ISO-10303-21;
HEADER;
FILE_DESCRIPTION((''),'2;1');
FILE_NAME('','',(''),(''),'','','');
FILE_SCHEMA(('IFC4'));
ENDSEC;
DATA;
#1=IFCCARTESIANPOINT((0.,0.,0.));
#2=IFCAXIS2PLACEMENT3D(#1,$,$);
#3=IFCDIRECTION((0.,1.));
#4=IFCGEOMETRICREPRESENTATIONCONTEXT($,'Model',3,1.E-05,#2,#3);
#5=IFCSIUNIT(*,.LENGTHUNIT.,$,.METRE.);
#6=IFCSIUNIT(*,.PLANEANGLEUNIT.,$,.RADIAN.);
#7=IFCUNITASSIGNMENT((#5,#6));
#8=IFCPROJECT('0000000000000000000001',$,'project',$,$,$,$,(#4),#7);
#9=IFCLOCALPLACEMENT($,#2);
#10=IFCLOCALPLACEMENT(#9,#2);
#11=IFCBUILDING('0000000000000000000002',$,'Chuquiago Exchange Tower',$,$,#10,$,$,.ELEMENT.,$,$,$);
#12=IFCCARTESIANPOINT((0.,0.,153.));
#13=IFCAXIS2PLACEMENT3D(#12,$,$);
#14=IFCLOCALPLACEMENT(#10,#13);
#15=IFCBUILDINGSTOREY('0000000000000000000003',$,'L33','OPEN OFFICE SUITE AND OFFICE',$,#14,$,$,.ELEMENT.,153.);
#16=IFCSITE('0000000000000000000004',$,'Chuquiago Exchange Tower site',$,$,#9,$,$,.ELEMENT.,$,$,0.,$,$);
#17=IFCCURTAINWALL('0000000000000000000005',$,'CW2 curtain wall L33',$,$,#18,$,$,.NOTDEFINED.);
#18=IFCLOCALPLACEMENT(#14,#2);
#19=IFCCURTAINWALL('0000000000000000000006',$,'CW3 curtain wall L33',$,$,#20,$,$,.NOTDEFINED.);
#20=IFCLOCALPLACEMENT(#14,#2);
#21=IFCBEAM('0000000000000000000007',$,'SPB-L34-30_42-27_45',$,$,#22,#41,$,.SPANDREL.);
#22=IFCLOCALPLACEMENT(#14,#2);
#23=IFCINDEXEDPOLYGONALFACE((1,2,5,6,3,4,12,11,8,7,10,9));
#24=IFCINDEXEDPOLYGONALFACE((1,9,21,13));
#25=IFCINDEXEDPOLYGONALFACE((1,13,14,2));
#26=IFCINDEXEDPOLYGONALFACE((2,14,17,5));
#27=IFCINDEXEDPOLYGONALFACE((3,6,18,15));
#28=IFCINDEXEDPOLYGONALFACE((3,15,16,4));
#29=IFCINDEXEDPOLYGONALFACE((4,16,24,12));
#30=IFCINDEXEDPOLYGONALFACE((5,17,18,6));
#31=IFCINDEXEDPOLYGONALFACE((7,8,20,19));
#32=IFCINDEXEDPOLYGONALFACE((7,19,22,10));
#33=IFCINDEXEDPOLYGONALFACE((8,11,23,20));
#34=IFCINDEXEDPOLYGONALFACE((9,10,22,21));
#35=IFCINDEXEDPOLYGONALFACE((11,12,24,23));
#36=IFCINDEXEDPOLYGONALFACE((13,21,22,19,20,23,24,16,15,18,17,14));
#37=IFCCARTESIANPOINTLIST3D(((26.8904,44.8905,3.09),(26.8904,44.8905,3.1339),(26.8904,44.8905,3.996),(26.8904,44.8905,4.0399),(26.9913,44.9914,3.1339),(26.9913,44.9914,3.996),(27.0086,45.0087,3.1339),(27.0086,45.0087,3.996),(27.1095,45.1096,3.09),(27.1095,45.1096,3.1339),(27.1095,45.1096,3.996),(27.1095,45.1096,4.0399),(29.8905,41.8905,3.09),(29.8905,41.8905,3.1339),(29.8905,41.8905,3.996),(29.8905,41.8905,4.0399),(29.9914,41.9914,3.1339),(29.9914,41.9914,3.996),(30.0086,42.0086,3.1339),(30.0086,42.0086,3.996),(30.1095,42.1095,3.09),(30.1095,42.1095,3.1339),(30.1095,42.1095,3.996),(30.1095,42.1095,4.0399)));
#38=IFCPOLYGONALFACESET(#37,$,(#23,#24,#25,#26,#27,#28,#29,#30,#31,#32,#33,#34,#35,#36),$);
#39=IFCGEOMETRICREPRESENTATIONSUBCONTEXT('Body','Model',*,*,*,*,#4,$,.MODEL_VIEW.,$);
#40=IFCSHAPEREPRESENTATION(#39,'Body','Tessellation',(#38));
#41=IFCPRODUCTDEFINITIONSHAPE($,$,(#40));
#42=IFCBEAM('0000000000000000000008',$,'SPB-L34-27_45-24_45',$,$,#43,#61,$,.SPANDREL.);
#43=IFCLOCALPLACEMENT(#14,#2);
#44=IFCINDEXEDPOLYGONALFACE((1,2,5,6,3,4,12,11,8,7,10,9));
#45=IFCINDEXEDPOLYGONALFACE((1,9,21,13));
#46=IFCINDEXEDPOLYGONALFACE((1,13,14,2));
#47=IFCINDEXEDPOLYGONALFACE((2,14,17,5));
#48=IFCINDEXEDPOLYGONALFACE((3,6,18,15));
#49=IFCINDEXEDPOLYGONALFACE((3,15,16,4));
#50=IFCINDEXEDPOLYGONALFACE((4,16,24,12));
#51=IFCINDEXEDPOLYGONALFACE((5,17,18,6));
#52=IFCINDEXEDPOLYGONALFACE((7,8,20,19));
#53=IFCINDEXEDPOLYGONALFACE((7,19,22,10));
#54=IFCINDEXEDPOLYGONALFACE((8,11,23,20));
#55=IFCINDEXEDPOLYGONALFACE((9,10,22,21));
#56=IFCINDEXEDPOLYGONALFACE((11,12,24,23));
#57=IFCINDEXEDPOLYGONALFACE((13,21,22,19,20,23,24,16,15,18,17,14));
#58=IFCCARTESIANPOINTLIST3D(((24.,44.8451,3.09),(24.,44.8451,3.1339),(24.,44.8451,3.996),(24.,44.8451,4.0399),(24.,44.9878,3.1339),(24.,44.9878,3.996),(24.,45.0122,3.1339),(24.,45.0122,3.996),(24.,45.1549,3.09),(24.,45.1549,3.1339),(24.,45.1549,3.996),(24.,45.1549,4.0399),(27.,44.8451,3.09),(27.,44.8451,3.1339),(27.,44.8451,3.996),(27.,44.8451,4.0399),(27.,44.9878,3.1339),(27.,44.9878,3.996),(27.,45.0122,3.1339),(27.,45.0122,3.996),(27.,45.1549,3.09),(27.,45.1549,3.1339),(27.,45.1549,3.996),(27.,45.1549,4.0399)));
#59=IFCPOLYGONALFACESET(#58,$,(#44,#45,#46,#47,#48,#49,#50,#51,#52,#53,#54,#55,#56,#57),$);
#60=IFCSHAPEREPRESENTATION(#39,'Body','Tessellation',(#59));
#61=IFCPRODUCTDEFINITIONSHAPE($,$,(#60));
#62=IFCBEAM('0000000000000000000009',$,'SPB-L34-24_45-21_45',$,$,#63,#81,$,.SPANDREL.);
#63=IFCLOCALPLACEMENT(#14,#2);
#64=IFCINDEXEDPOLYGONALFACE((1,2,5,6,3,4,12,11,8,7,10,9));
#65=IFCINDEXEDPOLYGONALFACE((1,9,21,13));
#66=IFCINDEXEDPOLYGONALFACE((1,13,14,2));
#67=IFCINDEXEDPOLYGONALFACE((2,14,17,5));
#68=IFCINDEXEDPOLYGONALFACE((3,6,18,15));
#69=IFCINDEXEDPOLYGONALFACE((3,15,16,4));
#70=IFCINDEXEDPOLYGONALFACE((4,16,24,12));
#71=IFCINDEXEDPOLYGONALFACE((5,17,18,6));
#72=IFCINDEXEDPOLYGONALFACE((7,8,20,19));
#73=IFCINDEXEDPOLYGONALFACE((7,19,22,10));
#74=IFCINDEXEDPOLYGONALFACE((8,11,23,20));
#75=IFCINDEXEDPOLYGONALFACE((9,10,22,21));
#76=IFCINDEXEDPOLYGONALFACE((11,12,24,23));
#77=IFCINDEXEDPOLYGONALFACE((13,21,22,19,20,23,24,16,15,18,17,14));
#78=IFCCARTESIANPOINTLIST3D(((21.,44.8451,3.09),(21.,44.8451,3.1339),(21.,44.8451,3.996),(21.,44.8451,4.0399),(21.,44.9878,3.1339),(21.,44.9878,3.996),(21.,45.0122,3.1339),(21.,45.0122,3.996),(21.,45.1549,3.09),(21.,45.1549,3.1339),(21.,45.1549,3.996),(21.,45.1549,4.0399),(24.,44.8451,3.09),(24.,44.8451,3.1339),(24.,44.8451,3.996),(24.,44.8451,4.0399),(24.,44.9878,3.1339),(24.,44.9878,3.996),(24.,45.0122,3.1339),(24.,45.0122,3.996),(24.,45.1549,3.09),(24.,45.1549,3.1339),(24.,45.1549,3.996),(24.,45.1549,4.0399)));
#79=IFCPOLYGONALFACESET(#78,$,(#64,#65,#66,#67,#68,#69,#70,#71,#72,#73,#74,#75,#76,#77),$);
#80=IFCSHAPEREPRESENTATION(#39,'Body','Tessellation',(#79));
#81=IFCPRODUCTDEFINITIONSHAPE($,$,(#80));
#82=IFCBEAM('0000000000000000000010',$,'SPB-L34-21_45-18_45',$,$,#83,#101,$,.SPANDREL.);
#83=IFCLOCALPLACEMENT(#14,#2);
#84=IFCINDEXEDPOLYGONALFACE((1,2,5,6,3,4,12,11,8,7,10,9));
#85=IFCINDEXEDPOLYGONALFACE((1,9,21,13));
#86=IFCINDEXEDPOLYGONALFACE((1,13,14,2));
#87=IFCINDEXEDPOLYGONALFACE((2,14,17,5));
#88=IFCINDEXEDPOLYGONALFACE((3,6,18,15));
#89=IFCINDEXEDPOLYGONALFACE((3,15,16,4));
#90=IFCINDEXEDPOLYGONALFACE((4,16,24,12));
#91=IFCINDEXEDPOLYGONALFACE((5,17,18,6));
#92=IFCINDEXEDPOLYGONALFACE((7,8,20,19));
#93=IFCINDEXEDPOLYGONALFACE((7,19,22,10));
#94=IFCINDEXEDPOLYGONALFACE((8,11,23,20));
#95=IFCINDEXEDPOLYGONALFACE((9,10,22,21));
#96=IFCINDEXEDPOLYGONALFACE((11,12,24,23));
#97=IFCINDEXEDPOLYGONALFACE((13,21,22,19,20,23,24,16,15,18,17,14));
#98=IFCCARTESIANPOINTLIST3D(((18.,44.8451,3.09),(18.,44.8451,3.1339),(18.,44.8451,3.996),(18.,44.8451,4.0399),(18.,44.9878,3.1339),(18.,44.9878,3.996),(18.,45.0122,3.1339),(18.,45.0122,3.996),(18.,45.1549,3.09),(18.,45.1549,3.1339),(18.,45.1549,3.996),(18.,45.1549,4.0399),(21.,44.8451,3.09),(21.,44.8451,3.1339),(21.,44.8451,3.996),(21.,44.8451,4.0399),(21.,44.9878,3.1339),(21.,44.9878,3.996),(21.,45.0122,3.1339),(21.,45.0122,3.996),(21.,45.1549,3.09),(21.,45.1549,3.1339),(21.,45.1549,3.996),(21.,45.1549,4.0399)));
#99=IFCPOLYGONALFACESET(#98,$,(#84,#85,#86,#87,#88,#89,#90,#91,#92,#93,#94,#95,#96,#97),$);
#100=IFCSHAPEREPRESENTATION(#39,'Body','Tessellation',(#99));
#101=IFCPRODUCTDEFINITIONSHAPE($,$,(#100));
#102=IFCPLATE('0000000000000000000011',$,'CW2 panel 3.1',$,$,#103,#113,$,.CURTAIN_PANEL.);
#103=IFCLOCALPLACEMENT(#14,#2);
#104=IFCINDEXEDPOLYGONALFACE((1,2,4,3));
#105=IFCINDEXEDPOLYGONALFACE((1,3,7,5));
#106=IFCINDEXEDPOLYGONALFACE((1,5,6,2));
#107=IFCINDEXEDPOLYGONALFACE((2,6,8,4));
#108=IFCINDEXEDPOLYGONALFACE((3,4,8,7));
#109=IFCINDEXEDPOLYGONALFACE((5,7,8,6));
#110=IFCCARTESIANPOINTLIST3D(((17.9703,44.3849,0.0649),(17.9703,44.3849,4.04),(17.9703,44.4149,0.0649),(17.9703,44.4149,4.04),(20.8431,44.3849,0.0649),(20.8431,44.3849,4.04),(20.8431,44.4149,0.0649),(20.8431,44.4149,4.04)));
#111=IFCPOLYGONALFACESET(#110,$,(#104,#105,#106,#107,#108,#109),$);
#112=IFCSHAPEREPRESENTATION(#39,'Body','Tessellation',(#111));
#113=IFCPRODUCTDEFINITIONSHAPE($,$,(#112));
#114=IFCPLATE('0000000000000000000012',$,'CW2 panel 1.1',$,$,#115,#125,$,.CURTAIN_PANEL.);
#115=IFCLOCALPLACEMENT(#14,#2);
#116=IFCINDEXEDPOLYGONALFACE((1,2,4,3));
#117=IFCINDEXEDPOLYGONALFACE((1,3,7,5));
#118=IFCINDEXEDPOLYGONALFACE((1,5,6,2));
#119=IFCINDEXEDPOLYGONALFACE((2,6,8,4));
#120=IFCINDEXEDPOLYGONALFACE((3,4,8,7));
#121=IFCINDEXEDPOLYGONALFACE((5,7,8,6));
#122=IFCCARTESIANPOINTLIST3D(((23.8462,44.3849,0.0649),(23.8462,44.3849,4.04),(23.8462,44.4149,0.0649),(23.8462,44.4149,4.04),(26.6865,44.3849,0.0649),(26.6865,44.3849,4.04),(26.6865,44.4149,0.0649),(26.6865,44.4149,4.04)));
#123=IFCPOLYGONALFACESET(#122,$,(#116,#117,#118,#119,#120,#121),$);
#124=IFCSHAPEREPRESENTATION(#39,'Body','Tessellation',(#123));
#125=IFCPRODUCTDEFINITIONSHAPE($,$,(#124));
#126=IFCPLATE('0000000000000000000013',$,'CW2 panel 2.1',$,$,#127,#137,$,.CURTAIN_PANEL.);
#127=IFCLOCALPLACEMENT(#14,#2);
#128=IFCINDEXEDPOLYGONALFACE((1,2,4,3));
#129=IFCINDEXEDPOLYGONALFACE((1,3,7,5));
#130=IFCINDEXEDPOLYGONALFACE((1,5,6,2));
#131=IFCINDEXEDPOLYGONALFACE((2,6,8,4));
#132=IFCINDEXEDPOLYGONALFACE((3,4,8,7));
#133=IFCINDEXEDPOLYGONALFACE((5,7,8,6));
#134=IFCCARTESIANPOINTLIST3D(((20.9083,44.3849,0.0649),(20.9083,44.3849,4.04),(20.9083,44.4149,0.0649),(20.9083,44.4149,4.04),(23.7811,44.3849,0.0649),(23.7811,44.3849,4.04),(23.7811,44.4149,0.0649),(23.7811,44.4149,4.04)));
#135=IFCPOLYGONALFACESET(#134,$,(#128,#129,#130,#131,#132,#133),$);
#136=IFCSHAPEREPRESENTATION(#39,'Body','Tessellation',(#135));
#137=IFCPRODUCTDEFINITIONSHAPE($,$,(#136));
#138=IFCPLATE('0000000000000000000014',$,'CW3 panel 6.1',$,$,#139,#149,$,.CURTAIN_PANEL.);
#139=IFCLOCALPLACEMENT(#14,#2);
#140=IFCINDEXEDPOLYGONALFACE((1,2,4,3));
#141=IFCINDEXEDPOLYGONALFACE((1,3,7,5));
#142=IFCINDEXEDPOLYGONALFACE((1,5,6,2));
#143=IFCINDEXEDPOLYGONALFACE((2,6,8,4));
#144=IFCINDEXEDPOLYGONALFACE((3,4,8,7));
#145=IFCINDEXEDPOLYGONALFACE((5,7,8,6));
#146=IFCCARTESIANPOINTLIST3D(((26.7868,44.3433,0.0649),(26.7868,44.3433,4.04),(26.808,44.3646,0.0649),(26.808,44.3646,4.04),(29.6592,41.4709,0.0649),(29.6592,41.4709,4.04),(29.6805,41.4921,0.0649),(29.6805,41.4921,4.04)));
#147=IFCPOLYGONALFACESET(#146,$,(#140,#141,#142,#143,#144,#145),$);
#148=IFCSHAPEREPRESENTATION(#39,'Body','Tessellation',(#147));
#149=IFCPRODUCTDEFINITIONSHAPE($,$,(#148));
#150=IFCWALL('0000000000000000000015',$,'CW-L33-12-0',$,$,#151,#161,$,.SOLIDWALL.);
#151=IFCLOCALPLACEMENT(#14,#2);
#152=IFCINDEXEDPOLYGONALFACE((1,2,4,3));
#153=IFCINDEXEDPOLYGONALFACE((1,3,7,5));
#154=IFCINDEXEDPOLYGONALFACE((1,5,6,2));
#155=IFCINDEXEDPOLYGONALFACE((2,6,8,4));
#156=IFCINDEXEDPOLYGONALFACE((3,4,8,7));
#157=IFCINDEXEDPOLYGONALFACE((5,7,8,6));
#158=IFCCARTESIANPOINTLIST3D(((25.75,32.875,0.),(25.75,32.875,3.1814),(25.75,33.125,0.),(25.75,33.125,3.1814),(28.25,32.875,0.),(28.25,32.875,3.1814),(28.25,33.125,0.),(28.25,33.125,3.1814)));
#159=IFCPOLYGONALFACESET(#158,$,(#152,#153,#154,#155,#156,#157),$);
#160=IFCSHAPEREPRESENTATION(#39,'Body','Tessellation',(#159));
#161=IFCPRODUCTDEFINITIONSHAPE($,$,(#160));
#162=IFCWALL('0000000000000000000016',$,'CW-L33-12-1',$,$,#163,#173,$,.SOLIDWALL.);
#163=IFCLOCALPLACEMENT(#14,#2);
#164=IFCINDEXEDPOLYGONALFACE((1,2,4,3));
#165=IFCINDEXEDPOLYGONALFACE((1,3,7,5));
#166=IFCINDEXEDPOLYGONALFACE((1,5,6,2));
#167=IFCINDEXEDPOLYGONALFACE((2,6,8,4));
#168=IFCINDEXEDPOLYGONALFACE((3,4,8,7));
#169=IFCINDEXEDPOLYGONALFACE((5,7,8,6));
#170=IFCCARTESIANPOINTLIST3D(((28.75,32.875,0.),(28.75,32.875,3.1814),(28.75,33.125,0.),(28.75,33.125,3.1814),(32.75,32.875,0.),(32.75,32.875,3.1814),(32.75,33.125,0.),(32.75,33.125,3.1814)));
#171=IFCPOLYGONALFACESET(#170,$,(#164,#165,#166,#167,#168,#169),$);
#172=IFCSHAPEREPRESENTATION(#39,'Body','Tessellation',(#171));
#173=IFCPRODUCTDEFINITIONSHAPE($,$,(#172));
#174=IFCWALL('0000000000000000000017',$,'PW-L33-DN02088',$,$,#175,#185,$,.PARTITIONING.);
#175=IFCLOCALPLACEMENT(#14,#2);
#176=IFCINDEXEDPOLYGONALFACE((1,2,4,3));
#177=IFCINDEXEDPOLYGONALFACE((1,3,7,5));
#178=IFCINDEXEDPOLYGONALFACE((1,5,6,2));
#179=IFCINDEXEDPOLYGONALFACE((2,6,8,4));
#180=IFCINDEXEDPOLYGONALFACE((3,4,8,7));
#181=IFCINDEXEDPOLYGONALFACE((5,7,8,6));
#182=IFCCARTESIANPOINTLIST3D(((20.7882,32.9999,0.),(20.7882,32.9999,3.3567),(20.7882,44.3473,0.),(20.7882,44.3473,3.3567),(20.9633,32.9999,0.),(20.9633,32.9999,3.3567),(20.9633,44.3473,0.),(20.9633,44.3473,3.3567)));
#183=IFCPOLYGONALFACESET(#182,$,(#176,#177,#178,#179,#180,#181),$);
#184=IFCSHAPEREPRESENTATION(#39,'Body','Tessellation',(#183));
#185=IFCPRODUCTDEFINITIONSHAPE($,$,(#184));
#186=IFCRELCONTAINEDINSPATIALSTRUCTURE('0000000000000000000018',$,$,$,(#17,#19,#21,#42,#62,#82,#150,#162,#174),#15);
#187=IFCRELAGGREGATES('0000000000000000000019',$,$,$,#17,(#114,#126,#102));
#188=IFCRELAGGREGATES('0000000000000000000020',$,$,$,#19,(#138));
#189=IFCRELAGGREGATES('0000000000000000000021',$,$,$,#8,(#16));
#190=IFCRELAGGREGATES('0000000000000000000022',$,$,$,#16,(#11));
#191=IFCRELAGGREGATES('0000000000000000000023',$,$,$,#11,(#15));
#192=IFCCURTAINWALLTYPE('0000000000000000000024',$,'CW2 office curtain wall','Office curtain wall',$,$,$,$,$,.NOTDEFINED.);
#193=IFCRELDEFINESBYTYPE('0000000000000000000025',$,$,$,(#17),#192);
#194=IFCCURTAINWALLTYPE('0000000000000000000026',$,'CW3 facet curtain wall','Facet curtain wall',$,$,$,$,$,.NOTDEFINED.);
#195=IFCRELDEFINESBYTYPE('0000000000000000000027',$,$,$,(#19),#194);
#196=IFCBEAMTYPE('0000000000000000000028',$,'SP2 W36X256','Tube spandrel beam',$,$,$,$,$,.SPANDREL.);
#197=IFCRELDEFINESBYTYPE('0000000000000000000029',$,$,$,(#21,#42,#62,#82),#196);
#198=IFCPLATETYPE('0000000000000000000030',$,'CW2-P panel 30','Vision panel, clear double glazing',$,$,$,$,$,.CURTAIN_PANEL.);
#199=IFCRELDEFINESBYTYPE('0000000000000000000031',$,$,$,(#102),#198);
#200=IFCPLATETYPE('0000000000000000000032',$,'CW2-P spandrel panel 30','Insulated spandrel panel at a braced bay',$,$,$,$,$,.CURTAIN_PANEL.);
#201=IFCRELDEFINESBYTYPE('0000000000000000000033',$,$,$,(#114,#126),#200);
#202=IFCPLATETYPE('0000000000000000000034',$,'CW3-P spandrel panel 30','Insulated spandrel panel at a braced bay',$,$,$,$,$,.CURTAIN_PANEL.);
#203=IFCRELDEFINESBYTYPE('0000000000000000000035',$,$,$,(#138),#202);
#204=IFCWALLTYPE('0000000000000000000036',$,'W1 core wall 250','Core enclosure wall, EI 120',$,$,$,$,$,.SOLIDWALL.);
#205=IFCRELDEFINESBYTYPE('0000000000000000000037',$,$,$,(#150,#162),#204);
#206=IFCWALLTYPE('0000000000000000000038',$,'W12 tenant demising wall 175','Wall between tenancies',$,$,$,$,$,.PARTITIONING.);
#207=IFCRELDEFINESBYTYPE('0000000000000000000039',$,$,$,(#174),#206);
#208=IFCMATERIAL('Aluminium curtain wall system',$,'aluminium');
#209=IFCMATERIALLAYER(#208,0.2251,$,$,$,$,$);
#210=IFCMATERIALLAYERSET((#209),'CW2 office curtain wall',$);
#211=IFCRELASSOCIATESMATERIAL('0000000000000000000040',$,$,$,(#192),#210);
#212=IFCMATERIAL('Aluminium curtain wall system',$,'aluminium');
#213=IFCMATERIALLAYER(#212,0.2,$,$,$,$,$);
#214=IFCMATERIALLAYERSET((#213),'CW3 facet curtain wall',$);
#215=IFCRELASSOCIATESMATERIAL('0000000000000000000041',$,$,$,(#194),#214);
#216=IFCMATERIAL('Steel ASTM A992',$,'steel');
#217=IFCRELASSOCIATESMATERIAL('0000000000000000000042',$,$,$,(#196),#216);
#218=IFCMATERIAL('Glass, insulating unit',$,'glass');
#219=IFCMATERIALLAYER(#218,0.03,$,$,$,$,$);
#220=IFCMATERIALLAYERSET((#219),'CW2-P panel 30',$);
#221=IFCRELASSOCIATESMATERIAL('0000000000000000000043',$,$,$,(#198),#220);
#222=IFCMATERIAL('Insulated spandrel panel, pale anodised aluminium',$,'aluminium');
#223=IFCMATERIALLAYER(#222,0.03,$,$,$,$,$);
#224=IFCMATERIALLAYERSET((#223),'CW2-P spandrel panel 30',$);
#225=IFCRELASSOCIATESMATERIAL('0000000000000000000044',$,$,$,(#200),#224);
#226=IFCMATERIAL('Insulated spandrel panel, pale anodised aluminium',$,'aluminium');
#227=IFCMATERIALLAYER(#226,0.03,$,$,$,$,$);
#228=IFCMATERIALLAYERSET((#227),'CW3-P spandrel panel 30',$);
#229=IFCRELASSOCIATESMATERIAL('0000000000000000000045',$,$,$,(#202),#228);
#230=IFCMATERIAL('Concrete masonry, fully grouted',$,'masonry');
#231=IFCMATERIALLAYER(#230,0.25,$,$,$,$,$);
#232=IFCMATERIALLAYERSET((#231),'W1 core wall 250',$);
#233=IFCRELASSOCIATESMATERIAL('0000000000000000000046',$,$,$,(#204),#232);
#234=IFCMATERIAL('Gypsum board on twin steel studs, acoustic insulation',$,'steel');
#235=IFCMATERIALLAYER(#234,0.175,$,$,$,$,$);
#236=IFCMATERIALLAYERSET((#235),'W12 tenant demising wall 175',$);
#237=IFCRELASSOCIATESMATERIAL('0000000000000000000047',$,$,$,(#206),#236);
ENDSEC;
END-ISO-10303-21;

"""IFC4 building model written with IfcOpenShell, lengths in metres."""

from ifc_helpers import new_model, si_unit, direction, frame, frame_2d, origin, origin_2d, place, context, subcontext, project, spatial, rectangle, i_section, extrude, material, layer, layer_set, material_profile, profile_set, type_object, element, aggregate, save


model = new_model("IFC4")

# Units and contexts
model_context = context("Model", 3, precision=1e-05, world=origin(), true_north=direction((0.0, 1.0)))
body_context = subcontext(model_context, "Body", "Model", "MODEL_VIEW")
ifc_project = project(units=[si_unit("LENGTHUNIT", "METRE"), si_unit("PLANEANGLEUNIT", "RADIAN")], contexts=[model_context])

# Site, building, storey
site_placement = place(None, origin())
site = spatial("IfcSite", under=ifc_project, at=site_placement, Name="Chuquiago Exchange Tower site", CompositionType="ELEMENT", RefElevation=0.0)
building_placement = place(site_placement, origin())
building = spatial("IfcBuilding", under=site, at=building_placement, Name="Chuquiago Exchange Tower", CompositionType="ELEMENT")
storey_placement = place(building_placement, frame((0.0, 0.0, 153.0)))
storey = spatial("IfcBuildingStorey", under=building, at=storey_placement, Name="L33", Description="OPEN OFFICE SUITE AND OFFICE", CompositionType="ELEMENT", Elevation=153.0)

# Curtain walls
ifc_material_1 = material(Name="Aluminium curtain wall system", Category="aluminium")
ifc_layer_1 = layer(ifc_material_1, 0.2251)
ifc_layer_set_1 = layer_set([ifc_layer_1], Name="CW2 office curtain wall")
curtain_wall_type_1 = type_object("IfcCurtainWallType", Name="CW2 office curtain wall", Description="Office curtain wall", PredefinedType="NOTDEFINED", material=ifc_layer_set_1)
curtain_wall_1_placement = place(storey_placement, origin())
curtain_wall_1 = element("IfcCurtainWall", 1, at=curtain_wall_1_placement, inside=storey, type_object=curtain_wall_type_1, Name="CW2 curtain wall L33", PredefinedType="NOTDEFINED")
ifc_material_2 = material(Name="Aluminium curtain wall system", Category="aluminium")
ifc_layer_2 = layer(ifc_material_2, 0.2)
ifc_layer_set_2 = layer_set([ifc_layer_2], Name="CW3 facet curtain wall")
curtain_wall_type_2 = type_object("IfcCurtainWallType", Name="CW3 facet curtain wall", Description="Facet curtain wall", PredefinedType="NOTDEFINED", material=ifc_layer_set_2)
curtain_wall_2_placement = place(storey_placement, origin())
curtain_wall_2 = element("IfcCurtainWall", 2, at=curtain_wall_2_placement, inside=storey, type_object=curtain_wall_type_2, Name="CW3 curtain wall L33", PredefinedType="NOTDEFINED")

# Beams
ifc_material_3 = material(Name="Steel ASTM A992", Category="steel")
ifc_material_profile_1 = material_profile(ifc_material_3, i_section(OverallWidth=0.3098, OverallDepth=0.95, WebThickness=0.0244, FlangeThickness=0.0439, at=origin_2d()), Name="W36X256")
ifc_profile_set_1 = profile_set([ifc_material_profile_1], Name="Steel ASTM A992")
beam_type_1 = type_object("IfcBeamType", Name="SP2 W36X256", Description="Tube spandrel beam", PredefinedType="SPANDREL", material=ifc_profile_set_1)
beam_1_placement = place(storey_placement, frame((30.0, 42.0, 3.5649), z_axis=(-0.707107, 0.707107, 0.0), x_axis=(-0.707107, -0.707107, 0.0)))
element("IfcBeam", 3, at=beam_1_placement, inside=storey, type_object=beam_type_1, Name="SPB-L34-30_42-27_45", PredefinedType="SPANDREL", context=body_context, shape_type="SweptSolid", body=[
    extrude(i_section(OverallWidth=0.3098, OverallDepth=0.95, WebThickness=0.0244, FlangeThickness=0.0439, at=origin_2d()), origin(), (0.0, 0.0, 1.0), 4.2427),
])
for number, where, z_axis, x_axis, name in (
    (4, (27.0, 45.0, 3.5649), (-1.0, 0.0, 0.0), (0.0, -1.0, 0.0), "SPB-L34-27_45-24_45"),
    (5, (24.0, 45.0, 3.5649), (-1.0, 0.0, 0.0), (0.0, -1.0, 0.0), "SPB-L34-24_45-21_45"),
    (6, (21.0, 45.0, 3.5649), (-1.0, 0.0, 0.0), (0.0, -1.0, 0.0), "SPB-L34-21_45-18_45"),
):
    element("IfcBeam", number, at=place(storey_placement, frame(where, z_axis=z_axis, x_axis=x_axis)), inside=storey, type_object=beam_type_1, Name=name, PredefinedType="SPANDREL", context=body_context, shape_type="SweptSolid", body=[
        extrude(i_section(OverallWidth=0.3098, OverallDepth=0.95, WebThickness=0.0244, FlangeThickness=0.0439, at=origin_2d()), origin(), (0.0, 0.0, 1.0), 3.0),
    ])

# Plates
ifc_material_4 = material(Name="Glass, insulating unit", Category="glass")
ifc_layer_3 = layer(ifc_material_4, 0.03)
ifc_layer_set_3 = layer_set([ifc_layer_3], Name="CW2-P panel 30")
plate_type_1 = type_object("IfcPlateType", Name="CW2-P panel 30", Description="Vision panel, clear double glazing", PredefinedType="CURTAIN_PANEL", material=ifc_layer_set_3)
plate_1_placement = place(storey_placement, frame((19.4067, 44.3999, 0.0649), z_axis=(0.0, 0.0, 1.0), x_axis=(-1.0, 0.0, 0.0)))
plate_1 = element("IfcPlate", 7, at=plate_1_placement, type_object=plate_type_1, Name="CW2 panel 3.1", PredefinedType="CURTAIN_PANEL", context=body_context, shape_type="SweptSolid", body=[
    extrude(rectangle(XDim=2.8728, YDim=0.03, at=origin_2d()), origin(), (0.0, 0.0, 1.0), 3.9751),
])
ifc_material_5 = material(Name="Insulated spandrel panel, pale anodised aluminium", Category="aluminium")
ifc_layer_4 = layer(ifc_material_5, 0.03)
ifc_layer_set_4 = layer_set([ifc_layer_4], Name="CW2-P spandrel panel 30")
plate_type_2 = type_object("IfcPlateType", Name="CW2-P spandrel panel 30", Description="Insulated spandrel panel at a braced bay", PredefinedType="CURTAIN_PANEL", material=ifc_layer_set_4)
plate_2_placement = place(storey_placement, frame((25.2664, 44.3999, 0.0649), z_axis=(0.0, 0.0, 1.0), x_axis=(-1.0, 0.0, 0.0)))
plate_2 = element("IfcPlate", 8, at=plate_2_placement, type_object=plate_type_2, Name="CW2 panel 1.1", PredefinedType="CURTAIN_PANEL", context=body_context, shape_type="SweptSolid", body=[
    extrude(rectangle(XDim=2.8403, YDim=0.03, at=origin_2d()), origin(), (0.0, 0.0, 1.0), 3.9751),
])
plate_3_placement = place(storey_placement, frame((22.3447, 44.3999, 0.0649), z_axis=(0.0, 0.0, 1.0), x_axis=(-1.0, 0.0, 0.0)))
plate_3 = element("IfcPlate", 9, at=plate_3_placement, type_object=plate_type_2, Name="CW2 panel 2.1", PredefinedType="CURTAIN_PANEL", context=body_context, shape_type="SweptSolid", body=[
    extrude(rectangle(XDim=2.8728, YDim=0.03, at=origin_2d()), origin(), (0.0, 0.0, 1.0), 3.9751),
])
aggregate(curtain_wall_1, [plate_2, plate_3, plate_1])
ifc_material_6 = material(Name="Insulated spandrel panel, pale anodised aluminium", Category="aluminium")
ifc_layer_5 = layer(ifc_material_6, 0.03)
ifc_layer_set_5 = layer_set([ifc_layer_5], Name="CW3-P spandrel panel 30")
plate_type_3 = type_object("IfcPlateType", Name="CW3-P spandrel panel 30", Description="Insulated spandrel panel at a braced bay", PredefinedType="CURTAIN_PANEL", material=ifc_layer_set_5)
plate_4_placement = place(storey_placement, frame((28.2336, 42.9177, 0.0649), z_axis=(0.0, 0.0, 1.0), x_axis=(-0.707107, 0.707107, 0.0)))
plate_4 = element("IfcPlate", 10, at=plate_4_placement, type_object=plate_type_3, Name="CW3 panel 6.1", PredefinedType="CURTAIN_PANEL", context=body_context, shape_type="SweptSolid", body=[
    extrude(rectangle(XDim=4.0623, YDim=0.03, at=origin_2d()), origin(), (0.0, 0.0, 1.0), 3.9751),
])
aggregate(curtain_wall_2, [plate_4])

# Walls
ifc_material_7 = material(Name="Concrete masonry, fully grouted", Category="masonry")
ifc_layer_6 = layer(ifc_material_7, 0.25)
ifc_layer_set_6 = layer_set([ifc_layer_6], Name="W1 core wall 250")
wall_type_1 = type_object("IfcWallType", Name="W1 core wall 250", Description="Core enclosure wall, EI 120", PredefinedType="SOLIDWALL", material=ifc_layer_set_6)
wall_1_placement = place(storey_placement, frame((25.75, 33.0, 0.0), z_axis=(0.0, 0.0, 1.0), x_axis=(1.0, 0.0, 0.0)))
element("IfcWall", 11, at=wall_1_placement, inside=storey, type_object=wall_type_1, Name="CW-L33-12-0", PredefinedType="SOLIDWALL", context=body_context, shape_type="SweptSolid", body=[
    extrude(rectangle(XDim=2.5, YDim=0.25, at=frame_2d((1.25, 0.0))), origin(), (0.0, 0.0, 1.0), 3.1814),
])
wall_2_placement = place(storey_placement, frame((28.75, 33.0, 0.0), z_axis=(0.0, 0.0, 1.0), x_axis=(1.0, 0.0, 0.0)))
element("IfcWall", 12, at=wall_2_placement, inside=storey, type_object=wall_type_1, Name="CW-L33-12-1", PredefinedType="SOLIDWALL", context=body_context, shape_type="SweptSolid", body=[
    extrude(rectangle(XDim=4.0, YDim=0.25, at=frame_2d((2.0, 0.0))), origin(), (0.0, 0.0, 1.0), 3.1814),
])
ifc_material_8 = material(Name="Gypsum board on twin steel studs, acoustic insulation", Category="steel")
ifc_layer_7 = layer(ifc_material_8, 0.175)
ifc_layer_set_7 = layer_set([ifc_layer_7], Name="W12 tenant demising wall 175")
wall_type_2 = type_object("IfcWallType", Name="W12 tenant demising wall 175", Description="Wall between tenancies", PredefinedType="PARTITIONING", material=ifc_layer_set_7)
wall_3_placement = place(storey_placement, frame((20.8757, 44.3474, 0.0), z_axis=(0.0, 0.0, 1.0), x_axis=(0.0, -1.0, 0.0)))
element("IfcWall", 13, at=wall_3_placement, inside=storey, type_object=wall_type_2, Name="PW-L33-DN02088", PredefinedType="PARTITIONING", context=body_context, shape_type="SweptSolid", body=[
    extrude(rectangle(XDim=11.3474, YDim=0.175, at=frame_2d((5.6738, 0.0))), origin(), (0.0, 0.0, 1.0), 3.3567),
])

save(model, "model.ifc")
